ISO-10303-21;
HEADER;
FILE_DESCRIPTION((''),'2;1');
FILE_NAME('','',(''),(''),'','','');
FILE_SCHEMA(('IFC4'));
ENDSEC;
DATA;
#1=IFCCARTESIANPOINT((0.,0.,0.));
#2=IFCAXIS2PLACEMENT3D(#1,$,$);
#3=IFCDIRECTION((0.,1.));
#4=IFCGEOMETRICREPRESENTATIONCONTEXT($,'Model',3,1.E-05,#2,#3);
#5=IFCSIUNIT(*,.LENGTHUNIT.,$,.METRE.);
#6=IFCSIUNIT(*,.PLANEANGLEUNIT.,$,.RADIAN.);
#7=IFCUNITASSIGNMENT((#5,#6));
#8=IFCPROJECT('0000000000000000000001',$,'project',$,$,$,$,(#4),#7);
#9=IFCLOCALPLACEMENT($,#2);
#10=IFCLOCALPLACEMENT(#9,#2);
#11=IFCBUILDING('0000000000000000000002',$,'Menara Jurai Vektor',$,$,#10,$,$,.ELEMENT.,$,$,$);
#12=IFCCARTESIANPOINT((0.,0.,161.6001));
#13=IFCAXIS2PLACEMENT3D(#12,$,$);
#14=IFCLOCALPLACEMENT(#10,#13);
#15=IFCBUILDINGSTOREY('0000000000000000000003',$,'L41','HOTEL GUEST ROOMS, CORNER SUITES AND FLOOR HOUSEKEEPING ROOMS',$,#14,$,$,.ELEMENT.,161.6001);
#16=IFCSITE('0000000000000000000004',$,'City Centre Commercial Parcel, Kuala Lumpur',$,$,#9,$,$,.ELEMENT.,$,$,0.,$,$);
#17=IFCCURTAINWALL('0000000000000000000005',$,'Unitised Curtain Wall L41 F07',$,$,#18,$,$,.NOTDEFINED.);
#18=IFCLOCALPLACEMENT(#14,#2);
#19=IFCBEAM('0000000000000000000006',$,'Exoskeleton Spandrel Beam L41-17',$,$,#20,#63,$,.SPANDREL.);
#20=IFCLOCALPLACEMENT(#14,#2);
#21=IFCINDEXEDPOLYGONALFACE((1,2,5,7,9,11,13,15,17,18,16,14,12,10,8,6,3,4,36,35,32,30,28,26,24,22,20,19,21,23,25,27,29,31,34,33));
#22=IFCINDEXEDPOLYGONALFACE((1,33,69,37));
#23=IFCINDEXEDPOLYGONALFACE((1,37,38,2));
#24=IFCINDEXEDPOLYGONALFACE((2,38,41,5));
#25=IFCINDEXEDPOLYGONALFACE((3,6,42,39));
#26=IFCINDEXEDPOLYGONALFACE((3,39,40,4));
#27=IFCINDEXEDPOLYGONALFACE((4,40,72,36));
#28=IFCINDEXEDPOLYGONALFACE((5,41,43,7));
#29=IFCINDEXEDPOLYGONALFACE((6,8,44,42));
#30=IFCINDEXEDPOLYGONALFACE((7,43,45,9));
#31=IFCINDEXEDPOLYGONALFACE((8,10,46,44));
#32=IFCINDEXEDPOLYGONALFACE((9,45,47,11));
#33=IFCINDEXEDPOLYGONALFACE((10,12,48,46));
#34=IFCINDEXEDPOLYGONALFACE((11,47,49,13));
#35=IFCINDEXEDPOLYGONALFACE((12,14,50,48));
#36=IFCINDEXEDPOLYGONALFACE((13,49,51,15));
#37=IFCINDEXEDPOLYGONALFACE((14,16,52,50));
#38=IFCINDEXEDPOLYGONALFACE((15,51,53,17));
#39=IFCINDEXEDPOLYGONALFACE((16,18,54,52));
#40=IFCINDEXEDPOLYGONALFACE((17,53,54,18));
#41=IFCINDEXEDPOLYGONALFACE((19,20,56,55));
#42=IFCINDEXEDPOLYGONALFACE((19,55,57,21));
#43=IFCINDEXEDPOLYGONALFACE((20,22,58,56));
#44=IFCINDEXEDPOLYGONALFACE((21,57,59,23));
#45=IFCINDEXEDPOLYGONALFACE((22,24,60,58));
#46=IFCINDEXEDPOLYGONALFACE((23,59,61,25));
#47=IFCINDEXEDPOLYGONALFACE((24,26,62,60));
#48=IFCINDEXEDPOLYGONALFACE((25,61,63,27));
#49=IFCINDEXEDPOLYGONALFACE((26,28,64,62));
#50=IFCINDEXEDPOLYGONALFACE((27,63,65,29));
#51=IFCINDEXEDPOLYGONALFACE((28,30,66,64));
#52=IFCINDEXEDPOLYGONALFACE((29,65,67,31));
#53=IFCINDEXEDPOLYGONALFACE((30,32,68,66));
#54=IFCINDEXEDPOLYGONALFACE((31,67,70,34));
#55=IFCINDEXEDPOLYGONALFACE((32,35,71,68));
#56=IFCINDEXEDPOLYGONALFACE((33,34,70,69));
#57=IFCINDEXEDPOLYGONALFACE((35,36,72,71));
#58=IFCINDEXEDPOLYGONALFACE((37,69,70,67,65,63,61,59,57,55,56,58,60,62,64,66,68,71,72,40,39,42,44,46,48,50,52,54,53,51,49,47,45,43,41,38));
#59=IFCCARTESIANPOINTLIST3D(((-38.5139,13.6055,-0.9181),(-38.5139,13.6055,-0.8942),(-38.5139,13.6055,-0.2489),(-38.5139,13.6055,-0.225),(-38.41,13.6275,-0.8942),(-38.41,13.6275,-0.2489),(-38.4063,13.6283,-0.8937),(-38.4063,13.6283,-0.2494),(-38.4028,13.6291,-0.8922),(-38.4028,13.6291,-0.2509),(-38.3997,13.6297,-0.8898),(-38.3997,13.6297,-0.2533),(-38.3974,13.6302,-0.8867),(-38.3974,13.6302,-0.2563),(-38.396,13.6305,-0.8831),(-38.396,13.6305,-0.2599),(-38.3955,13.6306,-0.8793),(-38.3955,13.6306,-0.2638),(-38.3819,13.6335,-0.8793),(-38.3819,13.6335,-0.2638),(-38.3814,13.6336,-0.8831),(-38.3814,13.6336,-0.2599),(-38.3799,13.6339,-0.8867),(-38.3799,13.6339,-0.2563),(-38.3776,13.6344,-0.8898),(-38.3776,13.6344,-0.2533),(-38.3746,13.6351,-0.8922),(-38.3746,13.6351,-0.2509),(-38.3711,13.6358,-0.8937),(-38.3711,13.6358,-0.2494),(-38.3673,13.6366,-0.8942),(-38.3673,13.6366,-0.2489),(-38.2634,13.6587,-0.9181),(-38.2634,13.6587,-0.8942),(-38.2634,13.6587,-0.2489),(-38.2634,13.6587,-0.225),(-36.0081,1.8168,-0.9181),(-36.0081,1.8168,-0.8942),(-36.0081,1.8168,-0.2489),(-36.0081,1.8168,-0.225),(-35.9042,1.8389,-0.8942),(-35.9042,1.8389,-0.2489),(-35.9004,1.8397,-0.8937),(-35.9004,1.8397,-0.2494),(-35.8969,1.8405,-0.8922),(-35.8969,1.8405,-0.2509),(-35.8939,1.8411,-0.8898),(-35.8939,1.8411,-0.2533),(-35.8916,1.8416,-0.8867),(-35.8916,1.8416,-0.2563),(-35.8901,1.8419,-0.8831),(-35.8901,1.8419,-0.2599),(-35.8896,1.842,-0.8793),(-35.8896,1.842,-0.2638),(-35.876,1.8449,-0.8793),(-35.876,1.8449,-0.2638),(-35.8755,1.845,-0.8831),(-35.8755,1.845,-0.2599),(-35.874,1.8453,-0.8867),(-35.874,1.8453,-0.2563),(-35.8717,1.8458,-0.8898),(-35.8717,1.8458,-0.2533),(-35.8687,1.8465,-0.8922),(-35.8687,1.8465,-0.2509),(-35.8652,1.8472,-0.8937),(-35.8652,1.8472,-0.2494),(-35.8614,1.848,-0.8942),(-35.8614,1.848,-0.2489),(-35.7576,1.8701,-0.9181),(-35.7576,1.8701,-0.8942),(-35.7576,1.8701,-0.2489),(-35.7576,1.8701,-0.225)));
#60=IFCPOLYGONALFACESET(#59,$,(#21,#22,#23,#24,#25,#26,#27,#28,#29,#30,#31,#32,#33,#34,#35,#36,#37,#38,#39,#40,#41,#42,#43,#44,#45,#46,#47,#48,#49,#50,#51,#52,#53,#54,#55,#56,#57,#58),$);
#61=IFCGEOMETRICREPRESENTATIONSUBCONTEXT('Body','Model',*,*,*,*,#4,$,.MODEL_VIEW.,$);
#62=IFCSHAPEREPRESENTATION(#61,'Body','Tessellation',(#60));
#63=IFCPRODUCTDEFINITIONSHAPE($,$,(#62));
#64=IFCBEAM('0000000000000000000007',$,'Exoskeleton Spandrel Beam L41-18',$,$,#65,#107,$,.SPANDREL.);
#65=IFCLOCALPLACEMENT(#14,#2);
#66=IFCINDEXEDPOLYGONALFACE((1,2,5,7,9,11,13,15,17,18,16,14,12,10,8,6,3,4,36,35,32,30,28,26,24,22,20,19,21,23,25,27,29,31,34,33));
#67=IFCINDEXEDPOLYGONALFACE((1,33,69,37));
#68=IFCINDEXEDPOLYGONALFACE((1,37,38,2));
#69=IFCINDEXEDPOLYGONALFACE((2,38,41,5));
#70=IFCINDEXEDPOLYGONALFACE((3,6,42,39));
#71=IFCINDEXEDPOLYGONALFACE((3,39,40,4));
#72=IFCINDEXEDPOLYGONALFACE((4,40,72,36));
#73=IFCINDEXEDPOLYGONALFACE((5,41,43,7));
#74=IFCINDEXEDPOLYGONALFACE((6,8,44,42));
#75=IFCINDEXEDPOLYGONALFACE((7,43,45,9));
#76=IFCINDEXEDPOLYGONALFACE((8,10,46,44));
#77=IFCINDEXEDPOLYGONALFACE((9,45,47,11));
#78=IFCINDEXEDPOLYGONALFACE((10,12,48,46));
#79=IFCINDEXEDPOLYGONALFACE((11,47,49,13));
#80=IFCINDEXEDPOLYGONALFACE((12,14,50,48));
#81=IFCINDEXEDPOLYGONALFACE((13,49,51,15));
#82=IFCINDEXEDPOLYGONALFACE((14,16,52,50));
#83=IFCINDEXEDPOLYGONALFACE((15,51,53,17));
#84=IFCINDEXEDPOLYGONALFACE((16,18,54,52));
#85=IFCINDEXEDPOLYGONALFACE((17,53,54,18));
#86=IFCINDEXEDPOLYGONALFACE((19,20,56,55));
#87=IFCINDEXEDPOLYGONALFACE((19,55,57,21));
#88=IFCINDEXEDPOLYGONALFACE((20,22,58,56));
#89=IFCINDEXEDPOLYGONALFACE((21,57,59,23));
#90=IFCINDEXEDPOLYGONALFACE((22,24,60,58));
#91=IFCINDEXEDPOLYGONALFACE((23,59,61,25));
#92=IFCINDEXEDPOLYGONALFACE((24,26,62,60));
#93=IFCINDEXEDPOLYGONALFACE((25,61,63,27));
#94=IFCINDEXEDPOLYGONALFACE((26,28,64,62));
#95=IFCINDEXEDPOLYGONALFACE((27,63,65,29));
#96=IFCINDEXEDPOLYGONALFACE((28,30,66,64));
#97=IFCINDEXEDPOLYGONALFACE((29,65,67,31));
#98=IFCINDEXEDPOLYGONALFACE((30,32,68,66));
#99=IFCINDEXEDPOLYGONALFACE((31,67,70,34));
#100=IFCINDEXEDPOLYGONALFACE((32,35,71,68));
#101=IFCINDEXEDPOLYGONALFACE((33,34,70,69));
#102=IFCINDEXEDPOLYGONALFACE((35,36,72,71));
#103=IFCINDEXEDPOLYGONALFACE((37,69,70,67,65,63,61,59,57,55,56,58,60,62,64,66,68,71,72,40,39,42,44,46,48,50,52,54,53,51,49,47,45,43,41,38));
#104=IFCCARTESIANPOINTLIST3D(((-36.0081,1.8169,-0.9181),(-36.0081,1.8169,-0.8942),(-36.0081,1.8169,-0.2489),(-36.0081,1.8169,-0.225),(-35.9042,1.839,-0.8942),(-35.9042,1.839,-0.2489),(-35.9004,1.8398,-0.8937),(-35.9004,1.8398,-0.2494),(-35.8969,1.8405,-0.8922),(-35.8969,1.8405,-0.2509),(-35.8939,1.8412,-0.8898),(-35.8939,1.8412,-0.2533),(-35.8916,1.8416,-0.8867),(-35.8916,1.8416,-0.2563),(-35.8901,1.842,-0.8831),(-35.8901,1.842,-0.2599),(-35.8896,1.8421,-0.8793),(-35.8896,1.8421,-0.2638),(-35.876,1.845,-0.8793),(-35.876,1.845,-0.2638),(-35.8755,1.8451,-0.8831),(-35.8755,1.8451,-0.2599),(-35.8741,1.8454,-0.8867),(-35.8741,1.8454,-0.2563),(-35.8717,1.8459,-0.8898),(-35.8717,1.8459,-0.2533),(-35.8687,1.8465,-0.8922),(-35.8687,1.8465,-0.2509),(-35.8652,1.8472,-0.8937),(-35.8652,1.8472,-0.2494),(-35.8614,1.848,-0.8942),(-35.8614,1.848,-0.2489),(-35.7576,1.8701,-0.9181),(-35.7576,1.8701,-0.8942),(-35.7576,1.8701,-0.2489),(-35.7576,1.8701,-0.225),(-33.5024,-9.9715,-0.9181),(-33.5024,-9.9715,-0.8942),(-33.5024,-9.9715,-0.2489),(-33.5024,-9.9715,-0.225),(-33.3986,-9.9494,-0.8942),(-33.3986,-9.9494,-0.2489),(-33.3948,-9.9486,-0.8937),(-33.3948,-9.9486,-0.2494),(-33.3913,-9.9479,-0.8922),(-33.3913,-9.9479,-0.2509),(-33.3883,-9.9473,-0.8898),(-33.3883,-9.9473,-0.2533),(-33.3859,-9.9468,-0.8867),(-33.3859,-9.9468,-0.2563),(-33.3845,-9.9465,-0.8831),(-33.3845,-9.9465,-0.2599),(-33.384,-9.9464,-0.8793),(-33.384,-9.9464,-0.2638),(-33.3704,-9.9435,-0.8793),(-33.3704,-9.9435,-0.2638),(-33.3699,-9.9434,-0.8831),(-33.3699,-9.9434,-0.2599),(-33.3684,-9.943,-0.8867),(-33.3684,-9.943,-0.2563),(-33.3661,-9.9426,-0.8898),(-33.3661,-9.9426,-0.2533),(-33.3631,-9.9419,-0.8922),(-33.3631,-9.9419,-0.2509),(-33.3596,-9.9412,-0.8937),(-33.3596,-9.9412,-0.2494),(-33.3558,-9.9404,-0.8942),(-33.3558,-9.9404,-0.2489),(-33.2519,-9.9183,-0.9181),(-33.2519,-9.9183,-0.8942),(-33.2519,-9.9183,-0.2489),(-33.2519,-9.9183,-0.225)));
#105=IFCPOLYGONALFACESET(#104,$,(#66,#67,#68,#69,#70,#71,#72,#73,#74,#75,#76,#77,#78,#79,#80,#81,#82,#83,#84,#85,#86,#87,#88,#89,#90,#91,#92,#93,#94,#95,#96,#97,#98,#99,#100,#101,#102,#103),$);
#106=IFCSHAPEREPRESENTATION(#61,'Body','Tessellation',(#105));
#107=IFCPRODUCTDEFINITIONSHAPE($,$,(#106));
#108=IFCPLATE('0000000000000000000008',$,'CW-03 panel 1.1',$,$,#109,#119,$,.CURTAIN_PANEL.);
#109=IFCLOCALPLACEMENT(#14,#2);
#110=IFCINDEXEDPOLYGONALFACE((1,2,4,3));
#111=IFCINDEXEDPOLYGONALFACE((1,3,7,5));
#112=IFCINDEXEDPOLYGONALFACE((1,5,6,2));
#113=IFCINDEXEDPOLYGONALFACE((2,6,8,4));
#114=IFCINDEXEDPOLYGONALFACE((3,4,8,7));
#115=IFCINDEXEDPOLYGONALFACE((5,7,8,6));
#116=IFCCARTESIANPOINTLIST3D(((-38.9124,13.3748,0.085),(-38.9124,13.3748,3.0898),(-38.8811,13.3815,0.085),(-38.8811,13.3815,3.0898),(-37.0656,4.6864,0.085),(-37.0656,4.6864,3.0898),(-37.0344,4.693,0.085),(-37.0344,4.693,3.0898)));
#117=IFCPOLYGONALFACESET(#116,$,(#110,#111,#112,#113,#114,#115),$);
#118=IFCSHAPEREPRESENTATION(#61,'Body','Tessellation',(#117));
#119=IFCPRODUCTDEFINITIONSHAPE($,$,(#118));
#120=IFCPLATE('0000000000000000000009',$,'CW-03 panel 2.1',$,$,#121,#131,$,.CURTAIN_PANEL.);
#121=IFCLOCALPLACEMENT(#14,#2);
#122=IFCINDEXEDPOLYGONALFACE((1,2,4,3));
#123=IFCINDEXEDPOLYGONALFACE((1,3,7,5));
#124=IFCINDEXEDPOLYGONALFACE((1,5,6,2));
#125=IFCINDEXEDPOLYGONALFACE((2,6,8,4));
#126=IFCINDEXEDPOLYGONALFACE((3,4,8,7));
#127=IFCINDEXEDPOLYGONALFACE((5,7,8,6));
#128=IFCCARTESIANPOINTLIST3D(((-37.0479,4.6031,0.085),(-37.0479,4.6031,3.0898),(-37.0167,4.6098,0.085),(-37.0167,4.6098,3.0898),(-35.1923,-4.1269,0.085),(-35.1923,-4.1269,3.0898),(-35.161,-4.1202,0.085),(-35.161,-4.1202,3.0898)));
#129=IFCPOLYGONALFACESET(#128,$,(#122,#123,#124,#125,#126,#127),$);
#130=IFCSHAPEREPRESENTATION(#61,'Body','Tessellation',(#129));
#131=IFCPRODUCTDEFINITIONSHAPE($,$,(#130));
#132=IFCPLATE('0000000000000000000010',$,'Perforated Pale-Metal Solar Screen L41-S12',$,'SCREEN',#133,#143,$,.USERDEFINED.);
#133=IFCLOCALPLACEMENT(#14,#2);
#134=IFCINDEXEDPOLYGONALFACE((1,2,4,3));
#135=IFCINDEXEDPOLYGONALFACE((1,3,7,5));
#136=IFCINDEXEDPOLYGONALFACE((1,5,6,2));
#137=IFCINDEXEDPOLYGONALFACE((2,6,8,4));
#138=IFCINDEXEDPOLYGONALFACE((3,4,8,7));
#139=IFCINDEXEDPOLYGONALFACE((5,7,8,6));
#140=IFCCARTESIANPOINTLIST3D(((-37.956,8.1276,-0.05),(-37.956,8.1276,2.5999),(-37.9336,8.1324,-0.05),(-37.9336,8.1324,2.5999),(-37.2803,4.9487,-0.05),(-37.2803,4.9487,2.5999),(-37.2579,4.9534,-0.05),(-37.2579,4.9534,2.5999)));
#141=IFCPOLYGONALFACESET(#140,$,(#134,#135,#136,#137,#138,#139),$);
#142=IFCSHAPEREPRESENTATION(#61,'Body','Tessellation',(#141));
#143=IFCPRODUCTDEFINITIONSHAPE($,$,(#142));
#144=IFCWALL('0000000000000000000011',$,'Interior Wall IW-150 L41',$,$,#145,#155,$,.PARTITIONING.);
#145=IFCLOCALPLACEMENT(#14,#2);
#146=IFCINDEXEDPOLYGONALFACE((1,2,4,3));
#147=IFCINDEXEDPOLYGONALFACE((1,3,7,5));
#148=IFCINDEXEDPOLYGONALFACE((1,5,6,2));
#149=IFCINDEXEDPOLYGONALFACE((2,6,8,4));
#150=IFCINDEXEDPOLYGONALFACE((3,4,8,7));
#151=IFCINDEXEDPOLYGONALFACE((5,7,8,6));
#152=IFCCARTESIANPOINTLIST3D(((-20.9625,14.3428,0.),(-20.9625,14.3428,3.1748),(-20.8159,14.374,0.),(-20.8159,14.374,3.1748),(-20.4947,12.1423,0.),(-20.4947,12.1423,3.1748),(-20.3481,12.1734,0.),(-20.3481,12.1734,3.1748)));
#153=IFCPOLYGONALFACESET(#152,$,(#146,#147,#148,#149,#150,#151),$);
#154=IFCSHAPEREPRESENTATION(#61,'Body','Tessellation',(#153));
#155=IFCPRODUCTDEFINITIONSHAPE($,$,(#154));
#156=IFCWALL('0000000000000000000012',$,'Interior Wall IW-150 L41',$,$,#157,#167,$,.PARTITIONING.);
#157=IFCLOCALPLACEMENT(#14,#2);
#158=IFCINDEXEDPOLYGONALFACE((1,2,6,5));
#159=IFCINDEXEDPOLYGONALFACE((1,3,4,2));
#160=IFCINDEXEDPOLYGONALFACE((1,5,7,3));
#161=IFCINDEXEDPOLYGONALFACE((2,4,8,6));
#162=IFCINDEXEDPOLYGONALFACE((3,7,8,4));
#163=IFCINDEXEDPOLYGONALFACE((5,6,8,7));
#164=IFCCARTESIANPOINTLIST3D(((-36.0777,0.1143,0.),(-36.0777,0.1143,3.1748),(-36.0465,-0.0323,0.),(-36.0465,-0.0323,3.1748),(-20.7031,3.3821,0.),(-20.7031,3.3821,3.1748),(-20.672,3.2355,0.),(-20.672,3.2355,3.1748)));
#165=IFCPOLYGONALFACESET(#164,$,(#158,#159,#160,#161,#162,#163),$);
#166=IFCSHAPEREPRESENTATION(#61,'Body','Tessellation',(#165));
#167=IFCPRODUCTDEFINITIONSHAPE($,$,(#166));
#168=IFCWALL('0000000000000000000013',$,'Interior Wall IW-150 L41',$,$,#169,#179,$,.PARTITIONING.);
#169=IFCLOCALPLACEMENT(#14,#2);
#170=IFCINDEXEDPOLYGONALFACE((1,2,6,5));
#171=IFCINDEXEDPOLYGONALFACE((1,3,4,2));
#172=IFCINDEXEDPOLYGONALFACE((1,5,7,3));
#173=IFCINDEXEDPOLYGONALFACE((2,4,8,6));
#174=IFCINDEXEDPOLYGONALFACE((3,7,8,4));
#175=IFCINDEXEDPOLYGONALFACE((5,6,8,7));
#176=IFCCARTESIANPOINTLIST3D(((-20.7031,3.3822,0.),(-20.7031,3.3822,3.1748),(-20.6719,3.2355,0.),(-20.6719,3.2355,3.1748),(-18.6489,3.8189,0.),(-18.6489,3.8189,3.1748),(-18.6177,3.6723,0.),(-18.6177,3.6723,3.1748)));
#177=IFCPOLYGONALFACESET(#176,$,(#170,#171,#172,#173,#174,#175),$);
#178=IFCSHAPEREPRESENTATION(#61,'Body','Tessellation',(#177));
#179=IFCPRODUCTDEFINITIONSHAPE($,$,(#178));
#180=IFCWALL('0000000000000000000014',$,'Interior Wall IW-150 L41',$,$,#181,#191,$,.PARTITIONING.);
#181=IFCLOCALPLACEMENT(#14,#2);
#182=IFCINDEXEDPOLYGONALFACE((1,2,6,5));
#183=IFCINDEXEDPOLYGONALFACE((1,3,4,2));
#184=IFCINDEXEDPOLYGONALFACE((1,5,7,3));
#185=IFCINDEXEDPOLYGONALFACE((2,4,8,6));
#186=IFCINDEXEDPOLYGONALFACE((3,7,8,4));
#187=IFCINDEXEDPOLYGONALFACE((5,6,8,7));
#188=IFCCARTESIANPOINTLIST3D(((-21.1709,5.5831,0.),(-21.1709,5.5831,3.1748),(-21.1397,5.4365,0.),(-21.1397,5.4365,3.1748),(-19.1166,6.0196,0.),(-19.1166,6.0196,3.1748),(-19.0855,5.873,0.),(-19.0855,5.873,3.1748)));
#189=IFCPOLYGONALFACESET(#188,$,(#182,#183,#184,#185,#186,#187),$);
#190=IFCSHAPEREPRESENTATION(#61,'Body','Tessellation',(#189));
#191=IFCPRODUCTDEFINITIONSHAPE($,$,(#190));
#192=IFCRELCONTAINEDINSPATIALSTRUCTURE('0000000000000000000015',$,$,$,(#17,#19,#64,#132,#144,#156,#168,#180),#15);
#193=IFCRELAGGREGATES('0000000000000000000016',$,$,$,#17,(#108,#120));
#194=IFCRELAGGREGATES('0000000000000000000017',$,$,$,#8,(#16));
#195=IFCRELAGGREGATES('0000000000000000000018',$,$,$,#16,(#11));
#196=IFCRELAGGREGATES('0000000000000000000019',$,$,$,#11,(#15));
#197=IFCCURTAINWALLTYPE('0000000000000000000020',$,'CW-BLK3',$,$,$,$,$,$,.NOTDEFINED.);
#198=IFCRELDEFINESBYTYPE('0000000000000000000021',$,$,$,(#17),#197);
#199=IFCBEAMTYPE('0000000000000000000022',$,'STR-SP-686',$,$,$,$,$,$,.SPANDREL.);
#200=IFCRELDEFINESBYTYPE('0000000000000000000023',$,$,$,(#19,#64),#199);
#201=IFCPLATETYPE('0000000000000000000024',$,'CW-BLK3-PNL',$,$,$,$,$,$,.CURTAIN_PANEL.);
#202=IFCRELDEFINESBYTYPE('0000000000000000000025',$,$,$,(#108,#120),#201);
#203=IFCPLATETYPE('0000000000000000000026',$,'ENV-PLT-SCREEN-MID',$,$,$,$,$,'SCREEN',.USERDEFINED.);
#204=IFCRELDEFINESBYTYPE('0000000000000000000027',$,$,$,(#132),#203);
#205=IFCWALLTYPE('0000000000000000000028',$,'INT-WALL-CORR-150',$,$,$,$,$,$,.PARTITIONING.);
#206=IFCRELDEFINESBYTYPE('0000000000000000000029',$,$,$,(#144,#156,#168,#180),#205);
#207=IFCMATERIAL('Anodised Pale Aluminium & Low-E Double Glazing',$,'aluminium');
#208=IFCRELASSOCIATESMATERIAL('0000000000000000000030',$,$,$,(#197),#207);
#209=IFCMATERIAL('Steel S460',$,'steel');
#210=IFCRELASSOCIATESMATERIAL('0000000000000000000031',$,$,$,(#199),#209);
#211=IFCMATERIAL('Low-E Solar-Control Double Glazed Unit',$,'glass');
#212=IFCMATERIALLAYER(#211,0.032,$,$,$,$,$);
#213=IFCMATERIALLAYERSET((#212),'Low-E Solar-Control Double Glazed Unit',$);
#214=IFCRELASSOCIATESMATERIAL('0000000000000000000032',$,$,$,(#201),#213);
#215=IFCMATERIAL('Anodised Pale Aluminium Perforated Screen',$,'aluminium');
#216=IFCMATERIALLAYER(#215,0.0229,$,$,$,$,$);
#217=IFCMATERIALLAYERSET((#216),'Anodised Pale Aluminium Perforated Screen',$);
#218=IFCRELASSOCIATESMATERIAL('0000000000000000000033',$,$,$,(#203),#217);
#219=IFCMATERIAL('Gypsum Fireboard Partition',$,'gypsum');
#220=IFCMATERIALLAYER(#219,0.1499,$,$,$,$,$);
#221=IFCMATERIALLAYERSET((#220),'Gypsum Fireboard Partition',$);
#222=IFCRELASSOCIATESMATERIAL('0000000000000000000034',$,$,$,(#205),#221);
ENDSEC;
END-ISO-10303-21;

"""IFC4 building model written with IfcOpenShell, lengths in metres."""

from ifc_helpers import new_model, si_unit, direction, frame, frame_2d, origin, origin_2d, place, context, subcontext, project, spatial, rectangle, i_section, extrude, material, layer, layer_set, material_profile, profile_set, type_object, element, aggregate, save


model = new_model("IFC4")

# Units and contexts
model_context = context("Model", 3, precision=1e-05, world=origin(), true_north=direction((0.0, 1.0)))
body_context = subcontext(model_context, "Body", "Model", "MODEL_VIEW")
ifc_project = project(units=[si_unit("LENGTHUNIT", "METRE"), si_unit("PLANEANGLEUNIT", "RADIAN")], contexts=[model_context])

# Site, building, storey
site_placement = place(None, origin())
site = spatial("IfcSite", under=ifc_project, at=site_placement, Name="City Centre Commercial Parcel, Kuala Lumpur", CompositionType="ELEMENT", RefElevation=0.0)
building_placement = place(site_placement, origin())
building = spatial("IfcBuilding", under=site, at=building_placement, Name="Menara Jurai Vektor", CompositionType="ELEMENT")
storey_placement = place(building_placement, frame((0.0, 0.0, 161.6001)))
storey = spatial("IfcBuildingStorey", under=building, at=storey_placement, Name="L41", Description="HOTEL GUEST ROOMS, CORNER SUITES AND FLOOR HOUSEKEEPING ROOMS", CompositionType="ELEMENT", Elevation=161.6001)

# Shared definitions
ifc_material_1 = material(Name="Steel S460", Category="steel")

# Curtain wall
ifc_material_2 = material(Name="Anodised Pale Aluminium & Low-E Double Glazing", Category="aluminium")
curtain_wall_type = type_object("IfcCurtainWallType", Name="CW-BLK3", PredefinedType="NOTDEFINED", material=ifc_material_2)
curtain_wall_placement = place(storey_placement, origin())
curtain_wall = element("IfcCurtainWall", 1, at=curtain_wall_placement, inside=storey, type_object=curtain_wall_type, Name="Unitised Curtain Wall L41 F07", PredefinedType="NOTDEFINED")

# Beams
ifc_material_profile_1 = material_profile(ifc_material_1, i_section(OverallWidth=0.2561, OverallDepth=0.6931, WebThickness=0.0139, FlangeThickness=0.0239, FilletRadius=0.0149, at=origin_2d()), Name="UKB 686x254x170")
ifc_profile_set_1 = profile_set([ifc_material_profile_1], Name="Steel S460")
beam_type_1 = type_object("IfcBeamType", Name="STR-SP-686", PredefinedType="SPANDREL", material=ifc_profile_set_1)
beam_1_placement = place(storey_placement, frame((-38.3887, 13.6321, -0.5715), z_axis=(0.207921, -0.978146, 0.0), x_axis=(0.978146, 0.207921, 0.0)))
element("IfcBeam", 2, at=beam_1_placement, inside=storey, type_object=beam_type_1, Name="Exoskeleton Spandrel Beam L41-17", PredefinedType="SPANDREL", context=body_context, shape_type="SweptSolid", body=[
    extrude(i_section(OverallWidth=0.2561, OverallDepth=0.6931, WebThickness=0.0139, FlangeThickness=0.0239, FilletRadius=0.0149, at=origin_2d()), origin(), (0.0, 0.0, 1.0), 12.052),
])
beam_2_placement = place(storey_placement, frame((-35.8828, 1.8435, -0.5715), z_axis=(0.207906, -0.978149, 0.0), x_axis=(0.978149, 0.207906, 0.0)))
element("IfcBeam", 3, at=beam_2_placement, inside=storey, type_object=beam_type_1, Name="Exoskeleton Spandrel Beam L41-18", PredefinedType="SPANDREL", context=body_context, shape_type="SweptSolid", body=[
    extrude(i_section(OverallWidth=0.2561, OverallDepth=0.6931, WebThickness=0.0139, FlangeThickness=0.0239, FilletRadius=0.0149, at=origin_2d()), origin(), (0.0, 0.0, 1.0), 12.0518),
])

# Plates
ifc_material_3 = material(Name="Low-E Solar-Control Double Glazed Unit", Category="glass")
ifc_layer_1 = layer(ifc_material_3, 0.032)
ifc_layer_set_1 = layer_set([ifc_layer_1], Name="Low-E Solar-Control Double Glazed Unit")
plate_type_1 = type_object("IfcPlateType", Name="CW-BLK3-PNL", PredefinedType="CURTAIN_PANEL", material=ifc_layer_set_1)
plate_1_placement = place(storey_placement, frame((-37.9734, 9.0339, 0.085), z_axis=(0.0, 0.0, 1.0), x_axis=(0.20791, -0.978148, 0.0)))
plate_1 = element("IfcPlate", 4, at=plate_1_placement, type_object=plate_type_1, Name="CW-03 panel 1.1", PredefinedType="CURTAIN_PANEL", context=body_context, shape_type="SweptSolid", body=[
    extrude(rectangle(XDim=8.8826, YDim=0.032, at=origin_2d()), origin(), (0.0, 0.0, 1.0), 3.0049),
])
plate_2_placement = place(storey_placement, frame((-36.1045, 0.2415, 0.085), z_axis=(0.0, 0.0, 1.0), x_axis=(0.20791, -0.978148, 0.0)))
plate_2 = element("IfcPlate", 5, at=plate_2_placement, type_object=plate_type_1, Name="CW-03 panel 2.1", PredefinedType="CURTAIN_PANEL", context=body_context, shape_type="SweptSolid", body=[
    extrude(rectangle(XDim=8.925, YDim=0.032, at=origin_2d()), origin(), (0.0, 0.0, 1.0), 3.0049),
])
aggregate(curtain_wall, [plate_1, plate_2])
ifc_material_4 = material(Name="Anodised Pale Aluminium Perforated Screen", Category="aluminium")
ifc_layer_2 = layer(ifc_material_4, 0.0229)
ifc_layer_set_2 = layer_set([ifc_layer_2], Name="Anodised Pale Aluminium Perforated Screen")
plate_type_2 = type_object("IfcPlateType", Name="ENV-PLT-SCREEN-MID", ElementType="SCREEN", PredefinedType="USERDEFINED", material=ifc_layer_set_2)
plate_3_placement = place(storey_placement, frame((-37.6069, 6.5405, -0.05), z_axis=(0.0, 0.0, 1.0), x_axis=(0.207912, -0.978148, 0.0)))
element("IfcPlate", 6, at=plate_3_placement, inside=storey, type_object=plate_type_2, Name="Perforated Pale-Metal Solar Screen L41-S12", ObjectType="SCREEN", PredefinedType="USERDEFINED", context=body_context, shape_type="SweptSolid", body=[
    extrude(rectangle(XDim=3.25, YDim=0.0229, at=origin_2d()), origin(), (0.0, 0.0, 1.0), 2.6499),
])

# Walls
ifc_material_5 = material(Name="Gypsum Fireboard Partition", Category="gypsum")
ifc_layer_3 = layer(ifc_material_5, 0.1499)
ifc_layer_set_3 = layer_set([ifc_layer_3], Name="Gypsum Fireboard Partition")
wall_type = type_object("IfcWallType", Name="INT-WALL-CORR-150", PredefinedType="PARTITIONING", material=ifc_layer_set_3)
wall_1_placement = place(storey_placement, frame((-20.4214, 12.1577, 0.0), z_axis=(0.0, 0.0, 1.0), x_axis=(-0.207913, 0.978147, 0.0)))
element("IfcWall", 7, at=wall_1_placement, inside=storey, type_object=wall_type, Name="Interior Wall IW-150 L41", PredefinedType="PARTITIONING", context=body_context, shape_type="SweptSolid", body=[
    extrude(rectangle(XDim=2.2498, YDim=0.1499, at=frame_2d((1.125, 0.0))), origin(), (0.0, 0.0, 1.0), 3.1748),
])
wall_2_placement = place(storey_placement, frame((-36.062, 0.041, 0.0), z_axis=(0.0, 0.0, 1.0), x_axis=(0.978149, 0.207904, 0.0)))
element("IfcWall", 8, at=wall_2_placement, inside=storey, type_object=wall_type, Name="Interior Wall IW-150 L41", PredefinedType="PARTITIONING", context=body_context, shape_type="SweptSolid", body=[
    extrude(rectangle(XDim=15.718, YDim=0.1499, at=frame_2d((7.8589, 0.0))), origin(), (0.0, 0.0, 1.0), 3.1748),
])
wall_3_placement = place(storey_placement, frame((-20.6875, 3.3088, 0.0), z_axis=(0.0, 0.0, 1.0), x_axis=(0.978135, 0.207973, 0.0)))
element("IfcWall", 9, at=wall_3_placement, inside=storey, type_object=wall_type, Name="Interior Wall IW-150 L41", PredefinedType="PARTITIONING", context=body_context, shape_type="SweptSolid", body=[
    extrude(rectangle(XDim=2.1001, YDim=0.1499, at=frame_2d((1.05, 0.0))), origin(), (0.0, 0.0, 1.0), 3.1748),
])

# Wall
wall_4_placement = place(storey_placement, frame((-21.1553, 5.5098, 0.0), z_axis=(0.0, 0.0, 1.0), x_axis=(0.978158, 0.207862, 0.0)))
element("IfcWall", 10, at=wall_4_placement, inside=storey, type_object=wall_type, Name="Interior Wall IW-150 L41", PredefinedType="PARTITIONING", context=body_context, shape_type="SweptSolid", body=[
    extrude(rectangle(XDim=2.1001, YDim=0.1499, at=frame_2d((1.05, 0.0))), origin(), (0.0, 0.0, 1.0), 3.1748),
])

save(model, "model.ifc")
